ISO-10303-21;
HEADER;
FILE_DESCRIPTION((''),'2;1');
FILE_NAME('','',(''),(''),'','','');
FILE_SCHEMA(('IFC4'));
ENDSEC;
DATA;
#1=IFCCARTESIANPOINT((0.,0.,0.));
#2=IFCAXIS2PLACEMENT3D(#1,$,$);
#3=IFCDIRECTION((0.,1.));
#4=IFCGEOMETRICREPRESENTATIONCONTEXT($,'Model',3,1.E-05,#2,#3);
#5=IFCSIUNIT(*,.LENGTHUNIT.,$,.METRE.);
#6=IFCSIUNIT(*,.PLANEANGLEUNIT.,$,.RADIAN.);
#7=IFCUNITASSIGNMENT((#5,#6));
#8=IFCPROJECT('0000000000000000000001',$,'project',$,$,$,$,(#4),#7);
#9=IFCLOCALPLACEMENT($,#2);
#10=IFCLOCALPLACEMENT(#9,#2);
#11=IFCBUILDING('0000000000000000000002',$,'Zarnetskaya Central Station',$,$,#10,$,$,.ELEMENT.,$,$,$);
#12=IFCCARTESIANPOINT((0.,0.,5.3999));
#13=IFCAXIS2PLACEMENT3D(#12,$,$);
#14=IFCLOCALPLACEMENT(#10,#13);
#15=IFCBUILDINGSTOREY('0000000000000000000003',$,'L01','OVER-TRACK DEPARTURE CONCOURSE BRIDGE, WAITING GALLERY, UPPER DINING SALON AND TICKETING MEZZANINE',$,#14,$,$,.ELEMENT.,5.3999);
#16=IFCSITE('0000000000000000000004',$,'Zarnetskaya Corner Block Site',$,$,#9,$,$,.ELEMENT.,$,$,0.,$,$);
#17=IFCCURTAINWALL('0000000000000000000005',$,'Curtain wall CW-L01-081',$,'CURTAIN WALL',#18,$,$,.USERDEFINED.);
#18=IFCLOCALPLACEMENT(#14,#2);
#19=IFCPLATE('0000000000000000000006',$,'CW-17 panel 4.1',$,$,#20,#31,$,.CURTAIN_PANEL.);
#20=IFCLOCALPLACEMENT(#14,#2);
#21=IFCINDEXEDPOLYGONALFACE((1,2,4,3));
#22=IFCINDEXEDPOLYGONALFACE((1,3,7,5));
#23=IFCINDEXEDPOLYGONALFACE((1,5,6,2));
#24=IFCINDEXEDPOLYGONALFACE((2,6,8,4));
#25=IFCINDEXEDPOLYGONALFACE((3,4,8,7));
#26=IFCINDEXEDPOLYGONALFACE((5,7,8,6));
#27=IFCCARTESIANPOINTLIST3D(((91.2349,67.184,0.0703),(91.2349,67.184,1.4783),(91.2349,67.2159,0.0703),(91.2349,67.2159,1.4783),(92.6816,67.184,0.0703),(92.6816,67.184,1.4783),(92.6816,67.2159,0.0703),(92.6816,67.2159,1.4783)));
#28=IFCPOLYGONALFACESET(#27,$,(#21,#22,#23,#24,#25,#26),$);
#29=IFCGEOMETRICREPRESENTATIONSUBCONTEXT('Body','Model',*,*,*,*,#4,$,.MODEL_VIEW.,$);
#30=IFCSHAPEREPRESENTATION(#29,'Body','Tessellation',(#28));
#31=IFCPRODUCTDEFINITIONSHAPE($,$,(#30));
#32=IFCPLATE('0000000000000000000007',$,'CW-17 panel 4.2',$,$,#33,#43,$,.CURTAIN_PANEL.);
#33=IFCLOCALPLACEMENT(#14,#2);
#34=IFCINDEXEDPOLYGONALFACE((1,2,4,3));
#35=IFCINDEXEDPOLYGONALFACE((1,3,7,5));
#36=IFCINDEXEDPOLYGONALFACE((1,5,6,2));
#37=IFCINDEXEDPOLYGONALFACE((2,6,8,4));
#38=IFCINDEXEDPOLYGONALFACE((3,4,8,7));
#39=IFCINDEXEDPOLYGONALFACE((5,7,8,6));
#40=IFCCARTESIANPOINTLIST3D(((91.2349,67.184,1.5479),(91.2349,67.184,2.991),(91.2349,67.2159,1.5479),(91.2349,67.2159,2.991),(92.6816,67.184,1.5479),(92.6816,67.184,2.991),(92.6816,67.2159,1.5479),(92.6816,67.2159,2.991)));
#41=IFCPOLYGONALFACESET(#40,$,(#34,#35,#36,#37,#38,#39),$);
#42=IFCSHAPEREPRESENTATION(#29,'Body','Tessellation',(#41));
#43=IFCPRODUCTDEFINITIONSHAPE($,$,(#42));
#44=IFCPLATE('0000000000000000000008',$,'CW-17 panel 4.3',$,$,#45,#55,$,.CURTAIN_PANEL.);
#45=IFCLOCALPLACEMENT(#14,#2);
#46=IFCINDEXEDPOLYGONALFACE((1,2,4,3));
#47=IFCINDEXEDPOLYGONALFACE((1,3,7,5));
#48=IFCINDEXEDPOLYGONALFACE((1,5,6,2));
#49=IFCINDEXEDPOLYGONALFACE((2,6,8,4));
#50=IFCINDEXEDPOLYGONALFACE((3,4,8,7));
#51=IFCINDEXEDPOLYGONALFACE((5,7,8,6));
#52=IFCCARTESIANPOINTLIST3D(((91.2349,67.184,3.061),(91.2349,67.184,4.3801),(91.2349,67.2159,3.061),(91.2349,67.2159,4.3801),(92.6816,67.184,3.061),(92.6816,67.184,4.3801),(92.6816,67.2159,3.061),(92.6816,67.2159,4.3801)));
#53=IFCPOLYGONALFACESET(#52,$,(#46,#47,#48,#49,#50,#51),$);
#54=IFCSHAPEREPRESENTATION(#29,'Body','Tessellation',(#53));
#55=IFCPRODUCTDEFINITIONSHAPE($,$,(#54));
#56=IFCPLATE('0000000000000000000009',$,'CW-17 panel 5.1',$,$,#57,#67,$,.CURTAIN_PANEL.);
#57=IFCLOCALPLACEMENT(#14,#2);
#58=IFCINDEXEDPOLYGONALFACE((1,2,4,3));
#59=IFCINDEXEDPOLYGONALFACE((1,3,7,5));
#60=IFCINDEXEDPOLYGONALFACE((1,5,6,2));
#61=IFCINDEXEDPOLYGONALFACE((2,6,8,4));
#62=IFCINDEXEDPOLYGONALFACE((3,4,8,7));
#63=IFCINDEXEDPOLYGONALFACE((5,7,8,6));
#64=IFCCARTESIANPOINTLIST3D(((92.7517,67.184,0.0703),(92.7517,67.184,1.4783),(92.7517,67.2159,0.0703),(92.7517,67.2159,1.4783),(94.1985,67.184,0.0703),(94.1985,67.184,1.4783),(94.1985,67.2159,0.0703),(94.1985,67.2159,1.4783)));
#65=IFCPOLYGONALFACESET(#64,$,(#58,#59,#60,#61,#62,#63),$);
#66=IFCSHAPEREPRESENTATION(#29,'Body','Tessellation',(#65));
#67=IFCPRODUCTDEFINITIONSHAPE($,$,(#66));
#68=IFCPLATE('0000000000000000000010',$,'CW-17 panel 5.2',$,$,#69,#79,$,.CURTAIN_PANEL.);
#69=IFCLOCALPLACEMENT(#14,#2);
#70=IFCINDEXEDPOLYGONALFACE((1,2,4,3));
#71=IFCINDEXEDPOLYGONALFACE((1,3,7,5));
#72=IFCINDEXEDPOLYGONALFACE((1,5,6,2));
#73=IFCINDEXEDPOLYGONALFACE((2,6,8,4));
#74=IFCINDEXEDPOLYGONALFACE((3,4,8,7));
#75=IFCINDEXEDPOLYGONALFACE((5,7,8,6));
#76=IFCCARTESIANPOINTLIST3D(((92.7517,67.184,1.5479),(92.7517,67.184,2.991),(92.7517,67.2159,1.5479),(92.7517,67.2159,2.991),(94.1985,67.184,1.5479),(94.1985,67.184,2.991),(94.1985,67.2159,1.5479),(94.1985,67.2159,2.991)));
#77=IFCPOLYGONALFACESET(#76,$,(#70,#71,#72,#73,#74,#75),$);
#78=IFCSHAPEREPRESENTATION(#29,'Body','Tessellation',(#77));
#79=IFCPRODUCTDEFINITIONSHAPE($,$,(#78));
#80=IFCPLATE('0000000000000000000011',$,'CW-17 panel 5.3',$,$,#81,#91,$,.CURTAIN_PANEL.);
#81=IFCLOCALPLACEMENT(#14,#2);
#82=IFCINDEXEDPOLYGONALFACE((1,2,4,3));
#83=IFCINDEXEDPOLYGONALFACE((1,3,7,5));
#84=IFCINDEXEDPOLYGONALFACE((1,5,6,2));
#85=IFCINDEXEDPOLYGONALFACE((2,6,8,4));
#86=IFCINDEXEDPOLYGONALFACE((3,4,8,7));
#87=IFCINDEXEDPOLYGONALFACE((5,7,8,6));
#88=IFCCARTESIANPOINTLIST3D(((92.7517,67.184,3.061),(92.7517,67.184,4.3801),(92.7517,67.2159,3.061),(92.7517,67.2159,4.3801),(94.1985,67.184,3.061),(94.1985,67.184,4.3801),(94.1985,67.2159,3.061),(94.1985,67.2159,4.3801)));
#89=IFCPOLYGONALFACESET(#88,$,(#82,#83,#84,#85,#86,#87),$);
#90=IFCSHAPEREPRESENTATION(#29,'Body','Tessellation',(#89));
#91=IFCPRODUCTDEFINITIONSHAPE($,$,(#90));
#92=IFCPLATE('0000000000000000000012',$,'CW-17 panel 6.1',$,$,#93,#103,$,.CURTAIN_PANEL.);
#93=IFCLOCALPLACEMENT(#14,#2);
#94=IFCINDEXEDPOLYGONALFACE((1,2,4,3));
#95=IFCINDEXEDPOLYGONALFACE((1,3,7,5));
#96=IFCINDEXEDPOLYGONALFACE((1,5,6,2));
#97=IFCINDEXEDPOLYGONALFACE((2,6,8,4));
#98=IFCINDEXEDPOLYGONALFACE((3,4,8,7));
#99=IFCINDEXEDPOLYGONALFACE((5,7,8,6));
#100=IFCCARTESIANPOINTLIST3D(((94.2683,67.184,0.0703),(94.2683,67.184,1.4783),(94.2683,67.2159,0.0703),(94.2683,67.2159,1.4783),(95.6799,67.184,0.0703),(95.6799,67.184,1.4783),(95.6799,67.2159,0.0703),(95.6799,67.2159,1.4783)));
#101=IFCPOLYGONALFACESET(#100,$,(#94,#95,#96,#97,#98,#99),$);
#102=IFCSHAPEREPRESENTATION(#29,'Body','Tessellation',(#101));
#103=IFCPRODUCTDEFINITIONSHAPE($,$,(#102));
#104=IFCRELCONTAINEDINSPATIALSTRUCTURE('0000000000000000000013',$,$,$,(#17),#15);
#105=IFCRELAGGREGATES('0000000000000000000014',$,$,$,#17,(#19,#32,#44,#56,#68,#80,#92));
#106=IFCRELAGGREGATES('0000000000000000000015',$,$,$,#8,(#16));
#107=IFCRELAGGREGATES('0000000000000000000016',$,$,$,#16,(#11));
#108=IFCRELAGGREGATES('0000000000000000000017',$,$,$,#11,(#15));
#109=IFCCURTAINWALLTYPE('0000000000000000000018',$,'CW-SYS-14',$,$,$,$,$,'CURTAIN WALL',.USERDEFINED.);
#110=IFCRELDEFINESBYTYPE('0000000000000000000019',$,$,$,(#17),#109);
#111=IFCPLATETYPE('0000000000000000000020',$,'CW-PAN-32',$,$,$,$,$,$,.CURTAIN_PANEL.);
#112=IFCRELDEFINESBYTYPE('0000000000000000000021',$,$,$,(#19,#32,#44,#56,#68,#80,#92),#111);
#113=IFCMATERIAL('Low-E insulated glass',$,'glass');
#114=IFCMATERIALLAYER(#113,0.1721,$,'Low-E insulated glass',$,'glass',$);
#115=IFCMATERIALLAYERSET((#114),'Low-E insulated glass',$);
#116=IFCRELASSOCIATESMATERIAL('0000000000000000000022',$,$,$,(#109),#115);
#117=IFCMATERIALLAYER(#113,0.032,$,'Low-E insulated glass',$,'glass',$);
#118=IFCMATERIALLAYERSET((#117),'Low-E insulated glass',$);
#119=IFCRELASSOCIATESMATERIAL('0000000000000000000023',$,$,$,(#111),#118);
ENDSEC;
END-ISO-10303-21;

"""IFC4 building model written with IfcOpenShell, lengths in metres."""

from ifc_helpers import new_model, si_unit, direction, frame, origin, origin_2d, place, context, subcontext, project, spatial, rectangle, extrude, material, layer, layer_set, type_object, element, aggregate, save


model = new_model("IFC4")

# Units and contexts
model_context = context("Model", 3, precision=1e-05, world=origin(), true_north=direction((0.0, 1.0)))
body_context = subcontext(model_context, "Body", "Model", "MODEL_VIEW")
ifc_project = project(units=[si_unit("LENGTHUNIT", "METRE"), si_unit("PLANEANGLEUNIT", "RADIAN")], contexts=[model_context])

# Site, building, storey
site_placement = place(None, origin())
site = spatial("IfcSite", under=ifc_project, at=site_placement, Name="Zarnetskaya Corner Block Site", CompositionType="ELEMENT", RefElevation=0.0)
building_placement = place(site_placement, origin())
building = spatial("IfcBuilding", under=site, at=building_placement, Name="Zarnetskaya Central Station", CompositionType="ELEMENT")
storey_placement = place(building_placement, frame((0.0, 0.0, 5.3999)))
storey = spatial("IfcBuildingStorey", under=building, at=storey_placement, Name="L01", Description="OVER-TRACK DEPARTURE CONCOURSE BRIDGE, WAITING GALLERY, UPPER DINING SALON AND TICKETING MEZZANINE", CompositionType="ELEMENT", Elevation=5.3999)

# Curtain wall
ifc_material_1 = material(Name="Low-E insulated glass", Category="glass")
ifc_layer_1 = layer(ifc_material_1, 0.1721, Name="Low-E insulated glass", Category="glass")
ifc_layer_set_1 = layer_set([ifc_layer_1], Name="Low-E insulated glass")
curtain_wall_type = type_object("IfcCurtainWallType", Name="CW-SYS-14", ElementType="CURTAIN WALL", PredefinedType="USERDEFINED", material=ifc_layer_set_1)
curtain_wall_placement = place(storey_placement, origin())
curtain_wall = element("IfcCurtainWall", 1, at=curtain_wall_placement, inside=storey, type_object=curtain_wall_type, Name="Curtain wall CW-L01-081", ObjectType="CURTAIN WALL", PredefinedType="USERDEFINED")

# Plates
ifc_layer_2 = layer(ifc_material_1, 0.032, Name="Low-E insulated glass", Category="glass")
ifc_layer_set_2 = layer_set([ifc_layer_2], Name="Low-E insulated glass")
plate_type = type_object("IfcPlateType", Name="CW-PAN-32", PredefinedType="CURTAIN_PANEL", material=ifc_layer_set_2)
plate_1_placement = place(storey_placement, frame((91.9583, 67.2, 0.0703), z_axis=(0.0, 0.0, 1.0), x_axis=(1.0, 0.0, 0.0)))
plate_1 = element("IfcPlate", 2, at=plate_1_placement, type_object=plate_type, Name="CW-17 panel 4.1", PredefinedType="CURTAIN_PANEL", context=body_context, shape_type="SweptSolid", body=[
    extrude(rectangle(XDim=1.4468, YDim=0.032, at=origin_2d()), origin(), (0.0, 0.0, 1.0), 1.408),
])
plate_2_placement = place(storey_placement, frame((91.9583, 67.2, 1.5479), z_axis=(0.0, 0.0, 1.0), x_axis=(1.0, 0.0, 0.0)))
plate_2 = element("IfcPlate", 3, at=plate_2_placement, type_object=plate_type, Name="CW-17 panel 4.2", PredefinedType="CURTAIN_PANEL", context=body_context, shape_type="SweptSolid", body=[
    extrude(rectangle(XDim=1.4468, YDim=0.032, at=origin_2d()), origin(), (0.0, 0.0, 1.0), 1.4431),
])
plate_3_placement = place(storey_placement, frame((91.9583, 67.2, 3.061), z_axis=(0.0, 0.0, 1.0), x_axis=(1.0, 0.0, 0.0)))
plate_3 = element("IfcPlate", 4, at=plate_3_placement, type_object=plate_type, Name="CW-17 panel 4.3", PredefinedType="CURTAIN_PANEL", context=body_context, shape_type="SweptSolid", body=[
    extrude(rectangle(XDim=1.4468, YDim=0.032, at=origin_2d()), origin(), (0.0, 0.0, 1.0), 1.3191),
])
plate_4_placement = place(storey_placement, frame((93.4751, 67.2, 0.0703), z_axis=(0.0, 0.0, 1.0), x_axis=(1.0, 0.0, 0.0)))
plate_4 = element("IfcPlate", 5, at=plate_4_placement, type_object=plate_type, Name="CW-17 panel 5.1", PredefinedType="CURTAIN_PANEL", context=body_context, shape_type="SweptSolid", body=[
    extrude(rectangle(XDim=1.4468, YDim=0.032, at=origin_2d()), origin(), (0.0, 0.0, 1.0), 1.408),
])
plate_5_placement = place(storey_placement, frame((93.4751, 67.2, 1.5479), z_axis=(0.0, 0.0, 1.0), x_axis=(1.0, 0.0, 0.0)))
plate_5 = element("IfcPlate", 6, at=plate_5_placement, type_object=plate_type, Name="CW-17 panel 5.2", PredefinedType="CURTAIN_PANEL", context=body_context, shape_type="SweptSolid", body=[
    extrude(rectangle(XDim=1.4468, YDim=0.032, at=origin_2d()), origin(), (0.0, 0.0, 1.0), 1.4431),
])
plate_6_placement = place(storey_placement, frame((93.4751, 67.2, 3.061), z_axis=(0.0, 0.0, 1.0), x_axis=(1.0, 0.0, 0.0)))
plate_6 = element("IfcPlate", 7, at=plate_6_placement, type_object=plate_type, Name="CW-17 panel 5.3", PredefinedType="CURTAIN_PANEL", context=body_context, shape_type="SweptSolid", body=[
    extrude(rectangle(XDim=1.4468, YDim=0.032, at=origin_2d()), origin(), (0.0, 0.0, 1.0), 1.3191),
])
plate_7_placement = place(storey_placement, frame((94.9741, 67.2, 0.0703), z_axis=(0.0, 0.0, 1.0), x_axis=(1.0, 0.0, 0.0)))
plate_7 = element("IfcPlate", 8, at=plate_7_placement, type_object=plate_type, Name="CW-17 panel 6.1", PredefinedType="CURTAIN_PANEL", context=body_context, shape_type="SweptSolid", body=[
    extrude(rectangle(XDim=1.4116, YDim=0.032, at=origin_2d()), origin(), (0.0, 0.0, 1.0), 1.408),
])
aggregate(curtain_wall, [plate_1, plate_2, plate_3, plate_4, plate_5, plate_6, plate_7])

save(model, "model.ifc")
